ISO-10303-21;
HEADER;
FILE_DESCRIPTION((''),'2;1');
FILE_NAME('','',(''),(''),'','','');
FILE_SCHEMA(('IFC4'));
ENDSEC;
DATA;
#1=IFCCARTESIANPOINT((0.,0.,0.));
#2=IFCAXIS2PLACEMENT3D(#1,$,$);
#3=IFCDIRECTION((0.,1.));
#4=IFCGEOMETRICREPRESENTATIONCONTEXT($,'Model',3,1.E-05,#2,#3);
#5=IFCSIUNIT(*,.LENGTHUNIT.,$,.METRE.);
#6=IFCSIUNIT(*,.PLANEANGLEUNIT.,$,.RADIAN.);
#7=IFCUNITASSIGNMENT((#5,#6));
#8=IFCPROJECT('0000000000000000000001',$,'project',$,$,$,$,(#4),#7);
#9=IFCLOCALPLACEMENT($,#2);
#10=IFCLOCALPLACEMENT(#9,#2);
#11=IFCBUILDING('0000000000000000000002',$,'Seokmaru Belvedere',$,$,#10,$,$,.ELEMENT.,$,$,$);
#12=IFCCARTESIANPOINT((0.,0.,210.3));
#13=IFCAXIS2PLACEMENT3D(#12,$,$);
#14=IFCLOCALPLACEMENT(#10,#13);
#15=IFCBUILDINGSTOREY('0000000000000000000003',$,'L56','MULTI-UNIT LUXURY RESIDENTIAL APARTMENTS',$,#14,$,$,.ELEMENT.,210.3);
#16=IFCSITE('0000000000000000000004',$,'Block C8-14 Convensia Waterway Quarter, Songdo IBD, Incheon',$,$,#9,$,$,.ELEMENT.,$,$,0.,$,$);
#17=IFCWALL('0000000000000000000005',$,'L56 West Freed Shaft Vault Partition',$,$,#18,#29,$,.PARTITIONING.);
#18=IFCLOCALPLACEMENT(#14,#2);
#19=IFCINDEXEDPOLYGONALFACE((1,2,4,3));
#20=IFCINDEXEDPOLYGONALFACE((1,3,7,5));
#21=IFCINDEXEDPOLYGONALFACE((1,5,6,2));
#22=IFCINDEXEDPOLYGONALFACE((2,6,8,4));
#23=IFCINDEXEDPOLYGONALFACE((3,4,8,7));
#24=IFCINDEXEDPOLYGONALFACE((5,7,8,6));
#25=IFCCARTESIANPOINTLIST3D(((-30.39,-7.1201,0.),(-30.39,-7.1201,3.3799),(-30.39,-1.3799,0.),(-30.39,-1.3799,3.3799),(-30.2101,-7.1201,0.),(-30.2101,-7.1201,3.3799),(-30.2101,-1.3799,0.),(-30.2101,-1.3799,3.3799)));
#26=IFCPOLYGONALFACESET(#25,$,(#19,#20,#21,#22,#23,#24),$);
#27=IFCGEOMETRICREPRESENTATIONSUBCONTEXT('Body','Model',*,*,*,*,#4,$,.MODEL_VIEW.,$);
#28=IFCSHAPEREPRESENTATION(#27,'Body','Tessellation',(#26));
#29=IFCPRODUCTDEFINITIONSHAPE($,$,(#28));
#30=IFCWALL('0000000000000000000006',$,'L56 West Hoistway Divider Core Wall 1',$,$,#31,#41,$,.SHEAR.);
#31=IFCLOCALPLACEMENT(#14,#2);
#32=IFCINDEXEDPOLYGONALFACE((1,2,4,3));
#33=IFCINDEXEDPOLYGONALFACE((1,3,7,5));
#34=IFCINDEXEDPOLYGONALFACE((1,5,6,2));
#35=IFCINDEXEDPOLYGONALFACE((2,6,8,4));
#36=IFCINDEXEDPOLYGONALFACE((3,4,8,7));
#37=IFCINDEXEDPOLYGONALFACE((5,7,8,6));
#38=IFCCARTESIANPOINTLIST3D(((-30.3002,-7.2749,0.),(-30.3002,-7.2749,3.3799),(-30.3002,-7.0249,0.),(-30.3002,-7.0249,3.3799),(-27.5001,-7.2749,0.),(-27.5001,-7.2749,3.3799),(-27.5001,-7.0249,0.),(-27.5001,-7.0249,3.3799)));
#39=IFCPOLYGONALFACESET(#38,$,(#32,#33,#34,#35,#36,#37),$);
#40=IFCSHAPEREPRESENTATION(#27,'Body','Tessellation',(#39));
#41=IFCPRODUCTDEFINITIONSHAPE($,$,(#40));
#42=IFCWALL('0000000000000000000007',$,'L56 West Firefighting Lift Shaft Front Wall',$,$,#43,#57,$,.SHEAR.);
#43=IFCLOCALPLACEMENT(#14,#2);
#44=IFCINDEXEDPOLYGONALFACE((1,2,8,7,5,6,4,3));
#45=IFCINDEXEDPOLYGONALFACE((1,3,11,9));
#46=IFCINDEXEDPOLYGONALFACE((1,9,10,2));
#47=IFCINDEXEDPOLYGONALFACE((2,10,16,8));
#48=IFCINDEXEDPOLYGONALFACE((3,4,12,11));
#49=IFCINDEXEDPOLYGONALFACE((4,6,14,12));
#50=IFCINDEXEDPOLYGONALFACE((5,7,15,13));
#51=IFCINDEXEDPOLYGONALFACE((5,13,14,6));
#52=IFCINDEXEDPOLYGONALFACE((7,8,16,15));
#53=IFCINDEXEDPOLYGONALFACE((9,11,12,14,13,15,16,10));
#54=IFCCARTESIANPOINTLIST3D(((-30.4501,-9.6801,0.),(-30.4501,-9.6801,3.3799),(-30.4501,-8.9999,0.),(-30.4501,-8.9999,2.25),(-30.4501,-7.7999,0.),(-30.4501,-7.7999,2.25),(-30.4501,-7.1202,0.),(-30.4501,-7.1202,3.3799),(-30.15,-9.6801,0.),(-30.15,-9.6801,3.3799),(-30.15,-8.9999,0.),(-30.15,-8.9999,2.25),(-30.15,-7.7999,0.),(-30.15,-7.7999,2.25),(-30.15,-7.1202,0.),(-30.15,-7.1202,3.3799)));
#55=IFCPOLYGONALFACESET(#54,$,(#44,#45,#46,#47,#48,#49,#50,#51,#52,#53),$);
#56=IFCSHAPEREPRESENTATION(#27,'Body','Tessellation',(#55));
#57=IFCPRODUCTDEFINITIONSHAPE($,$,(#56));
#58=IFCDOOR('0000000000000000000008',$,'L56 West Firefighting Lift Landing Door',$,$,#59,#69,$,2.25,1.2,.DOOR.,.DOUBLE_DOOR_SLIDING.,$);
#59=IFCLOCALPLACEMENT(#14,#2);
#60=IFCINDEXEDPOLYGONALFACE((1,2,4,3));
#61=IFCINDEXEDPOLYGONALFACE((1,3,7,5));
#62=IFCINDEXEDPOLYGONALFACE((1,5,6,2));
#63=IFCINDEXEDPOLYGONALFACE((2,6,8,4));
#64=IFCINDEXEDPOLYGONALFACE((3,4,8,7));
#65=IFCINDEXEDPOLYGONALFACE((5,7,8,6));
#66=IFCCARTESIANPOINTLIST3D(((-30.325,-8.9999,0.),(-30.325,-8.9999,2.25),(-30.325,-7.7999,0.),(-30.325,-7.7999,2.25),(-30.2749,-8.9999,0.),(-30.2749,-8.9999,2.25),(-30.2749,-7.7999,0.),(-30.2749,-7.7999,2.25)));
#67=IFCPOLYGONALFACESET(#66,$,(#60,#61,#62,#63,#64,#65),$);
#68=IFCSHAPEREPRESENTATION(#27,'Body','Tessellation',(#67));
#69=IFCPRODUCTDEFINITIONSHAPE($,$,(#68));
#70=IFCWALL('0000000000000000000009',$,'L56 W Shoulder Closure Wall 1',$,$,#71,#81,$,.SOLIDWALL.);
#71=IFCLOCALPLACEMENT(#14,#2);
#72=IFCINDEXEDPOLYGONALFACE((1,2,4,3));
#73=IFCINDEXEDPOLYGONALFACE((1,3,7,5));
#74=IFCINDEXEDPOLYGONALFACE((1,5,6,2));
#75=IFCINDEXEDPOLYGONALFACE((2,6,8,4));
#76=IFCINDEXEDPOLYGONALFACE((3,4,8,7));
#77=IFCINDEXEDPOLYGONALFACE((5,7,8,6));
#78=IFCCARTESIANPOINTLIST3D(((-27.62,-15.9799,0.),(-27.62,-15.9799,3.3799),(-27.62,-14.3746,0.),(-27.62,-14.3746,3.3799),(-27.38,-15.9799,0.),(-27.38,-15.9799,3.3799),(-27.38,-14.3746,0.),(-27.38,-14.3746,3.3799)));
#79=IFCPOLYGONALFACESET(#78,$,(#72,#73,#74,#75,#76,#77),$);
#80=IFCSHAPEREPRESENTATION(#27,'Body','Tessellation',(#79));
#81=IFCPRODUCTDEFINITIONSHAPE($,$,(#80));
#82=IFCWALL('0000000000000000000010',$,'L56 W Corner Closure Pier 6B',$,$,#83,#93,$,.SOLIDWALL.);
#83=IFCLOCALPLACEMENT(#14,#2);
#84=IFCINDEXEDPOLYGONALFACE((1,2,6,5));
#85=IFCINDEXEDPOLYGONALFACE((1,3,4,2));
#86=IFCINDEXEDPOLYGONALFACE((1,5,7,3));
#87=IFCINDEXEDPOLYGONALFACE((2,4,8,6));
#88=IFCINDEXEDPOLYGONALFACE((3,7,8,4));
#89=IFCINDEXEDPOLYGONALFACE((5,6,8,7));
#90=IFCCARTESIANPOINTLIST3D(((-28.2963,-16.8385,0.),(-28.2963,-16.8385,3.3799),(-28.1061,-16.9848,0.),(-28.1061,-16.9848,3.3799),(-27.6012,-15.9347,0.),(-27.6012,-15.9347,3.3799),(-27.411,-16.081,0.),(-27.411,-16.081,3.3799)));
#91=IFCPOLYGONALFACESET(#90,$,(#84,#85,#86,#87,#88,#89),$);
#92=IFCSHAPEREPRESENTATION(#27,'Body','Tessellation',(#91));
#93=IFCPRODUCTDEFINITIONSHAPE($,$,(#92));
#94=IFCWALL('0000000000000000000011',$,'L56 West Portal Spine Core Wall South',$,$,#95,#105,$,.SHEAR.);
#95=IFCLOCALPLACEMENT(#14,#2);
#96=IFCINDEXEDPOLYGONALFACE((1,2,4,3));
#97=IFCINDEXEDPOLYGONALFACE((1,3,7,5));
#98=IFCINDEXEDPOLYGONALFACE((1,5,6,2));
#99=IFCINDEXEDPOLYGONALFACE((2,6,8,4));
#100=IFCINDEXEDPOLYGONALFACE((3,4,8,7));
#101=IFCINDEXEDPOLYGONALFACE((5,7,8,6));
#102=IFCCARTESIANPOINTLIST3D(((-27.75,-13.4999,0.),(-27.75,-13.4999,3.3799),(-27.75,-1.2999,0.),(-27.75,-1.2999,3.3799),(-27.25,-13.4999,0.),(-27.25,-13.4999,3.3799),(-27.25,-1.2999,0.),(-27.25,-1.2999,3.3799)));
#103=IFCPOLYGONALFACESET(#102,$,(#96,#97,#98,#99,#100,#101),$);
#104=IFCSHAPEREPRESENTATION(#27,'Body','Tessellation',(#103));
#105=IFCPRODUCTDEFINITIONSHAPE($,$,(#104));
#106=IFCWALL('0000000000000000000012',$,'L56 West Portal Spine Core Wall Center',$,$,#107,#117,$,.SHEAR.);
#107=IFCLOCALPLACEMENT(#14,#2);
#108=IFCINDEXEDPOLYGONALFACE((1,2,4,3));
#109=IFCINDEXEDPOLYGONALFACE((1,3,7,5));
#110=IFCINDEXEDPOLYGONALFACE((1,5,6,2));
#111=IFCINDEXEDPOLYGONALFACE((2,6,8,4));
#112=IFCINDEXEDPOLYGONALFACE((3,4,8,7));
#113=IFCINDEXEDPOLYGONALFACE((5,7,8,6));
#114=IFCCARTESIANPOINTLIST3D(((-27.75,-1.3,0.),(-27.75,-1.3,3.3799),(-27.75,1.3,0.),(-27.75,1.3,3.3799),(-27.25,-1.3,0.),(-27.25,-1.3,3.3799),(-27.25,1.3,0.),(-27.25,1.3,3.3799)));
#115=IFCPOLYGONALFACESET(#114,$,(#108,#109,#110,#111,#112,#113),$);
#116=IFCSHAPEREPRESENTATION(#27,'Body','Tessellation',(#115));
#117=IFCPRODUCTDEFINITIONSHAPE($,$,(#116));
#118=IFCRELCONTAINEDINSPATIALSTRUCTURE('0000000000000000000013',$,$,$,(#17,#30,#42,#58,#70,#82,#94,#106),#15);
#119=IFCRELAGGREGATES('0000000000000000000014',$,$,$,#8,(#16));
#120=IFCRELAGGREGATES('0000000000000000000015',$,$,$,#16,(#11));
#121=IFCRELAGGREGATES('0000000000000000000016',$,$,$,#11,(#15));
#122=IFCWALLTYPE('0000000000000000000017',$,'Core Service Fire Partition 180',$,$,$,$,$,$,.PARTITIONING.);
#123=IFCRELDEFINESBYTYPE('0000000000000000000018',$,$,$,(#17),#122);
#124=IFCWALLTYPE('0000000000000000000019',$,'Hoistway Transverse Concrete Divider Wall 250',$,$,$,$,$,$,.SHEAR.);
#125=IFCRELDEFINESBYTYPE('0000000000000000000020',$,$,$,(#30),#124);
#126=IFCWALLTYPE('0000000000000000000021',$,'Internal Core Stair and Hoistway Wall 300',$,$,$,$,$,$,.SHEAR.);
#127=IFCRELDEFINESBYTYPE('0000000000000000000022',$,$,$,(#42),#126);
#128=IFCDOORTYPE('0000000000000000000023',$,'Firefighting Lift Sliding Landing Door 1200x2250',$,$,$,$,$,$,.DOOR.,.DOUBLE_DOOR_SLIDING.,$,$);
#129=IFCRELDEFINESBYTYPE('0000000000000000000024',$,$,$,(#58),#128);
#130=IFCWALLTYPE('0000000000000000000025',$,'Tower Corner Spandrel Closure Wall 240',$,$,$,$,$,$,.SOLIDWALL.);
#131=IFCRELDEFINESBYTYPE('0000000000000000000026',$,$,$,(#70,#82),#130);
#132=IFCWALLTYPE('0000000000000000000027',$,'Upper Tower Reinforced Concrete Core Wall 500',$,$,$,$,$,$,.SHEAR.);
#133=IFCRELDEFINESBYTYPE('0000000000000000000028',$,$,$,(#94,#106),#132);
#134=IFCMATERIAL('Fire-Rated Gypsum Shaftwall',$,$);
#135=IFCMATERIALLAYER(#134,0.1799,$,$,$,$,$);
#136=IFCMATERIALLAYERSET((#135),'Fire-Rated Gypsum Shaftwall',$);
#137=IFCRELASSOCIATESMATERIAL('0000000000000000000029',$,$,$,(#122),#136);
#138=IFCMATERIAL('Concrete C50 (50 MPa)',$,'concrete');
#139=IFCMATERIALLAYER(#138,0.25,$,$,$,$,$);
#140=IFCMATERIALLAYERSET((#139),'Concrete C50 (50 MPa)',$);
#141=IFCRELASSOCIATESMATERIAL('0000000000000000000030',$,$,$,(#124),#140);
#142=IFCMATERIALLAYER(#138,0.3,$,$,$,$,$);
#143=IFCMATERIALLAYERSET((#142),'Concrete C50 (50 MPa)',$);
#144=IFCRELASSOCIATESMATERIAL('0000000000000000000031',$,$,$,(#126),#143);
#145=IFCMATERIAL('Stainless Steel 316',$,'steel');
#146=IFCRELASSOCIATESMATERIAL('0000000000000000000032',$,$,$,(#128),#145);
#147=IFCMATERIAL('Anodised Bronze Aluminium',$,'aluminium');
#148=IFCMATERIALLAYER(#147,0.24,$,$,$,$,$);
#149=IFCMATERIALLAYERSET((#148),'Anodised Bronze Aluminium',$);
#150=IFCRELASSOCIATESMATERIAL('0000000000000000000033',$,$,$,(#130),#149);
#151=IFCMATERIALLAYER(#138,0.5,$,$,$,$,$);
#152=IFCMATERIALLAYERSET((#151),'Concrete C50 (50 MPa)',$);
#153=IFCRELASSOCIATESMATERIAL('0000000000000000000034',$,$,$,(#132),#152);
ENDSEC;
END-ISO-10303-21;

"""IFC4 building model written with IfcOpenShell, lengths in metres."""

from ifc_helpers import new_model, si_unit, direction, frame, frame_2d, origin, place, context, subcontext, project, spatial, rectangle, extrude, source, transform, mapped, material, layer, layer_set, type_object, type_shapes, element, fill, save


model = new_model("IFC4")

# Units and contexts
model_context = context("Model", 3, precision=1e-05, world=origin(), true_north=direction((0.0, 1.0)))
body_context = subcontext(model_context, "Body", "Model", "MODEL_VIEW")
ifc_project = project(units=[si_unit("LENGTHUNIT", "METRE"), si_unit("PLANEANGLEUNIT", "RADIAN")], contexts=[model_context])

# Site, building, storey
site_placement = place(None, origin())
site = spatial("IfcSite", under=ifc_project, at=site_placement, Name="Block C8-14 Convensia Waterway Quarter, Songdo IBD, Incheon", CompositionType="ELEMENT", RefElevation=0.0)
building_placement = place(site_placement, origin())
building = spatial("IfcBuilding", under=site, at=building_placement, Name="Seokmaru Belvedere", CompositionType="ELEMENT")
storey_placement = place(building_placement, frame((0.0, 0.0, 210.3)))
storey = spatial("IfcBuildingStorey", under=building, at=storey_placement, Name="L56", Description="MULTI-UNIT LUXURY RESIDENTIAL APARTMENTS", CompositionType="ELEMENT", Elevation=210.3)

# Shared definitions
ifc_material_1 = material(Name="Anodised Bronze Aluminium", Category="aluminium")

# Shared definitions
ifc_material_2 = material(Name="Fire-Rated Gypsum Shaftwall")
ifc_layer_1 = layer(ifc_material_2, 0.1799)
ifc_layer_set_1 = layer_set([ifc_layer_1], Name="Fire-Rated Gypsum Shaftwall")
wall_type_1 = type_object("IfcWallType", Name="Core Service Fire Partition 180", PredefinedType="PARTITIONING", material=ifc_layer_set_1)

# Walls
wall_1_placement = place(storey_placement, frame((-30.3, -7.1201, 0.0), z_axis=(0.0, 0.0, 1.0), x_axis=(0.0, 1.0, 0.0)))
element("IfcWall", 1, at=wall_1_placement, inside=storey, type_object=wall_type_1, Name="L56 West Freed Shaft Vault Partition", PredefinedType="PARTITIONING", context=body_context, shape_type="SweptSolid", body=[
    extrude(rectangle(XDim=5.7402, YDim=0.1799, at=frame_2d((2.8701, 0.0))), origin(), (0.0, 0.0, 1.0), 3.3799),
])
ifc_material_3 = material(Name="Concrete C50 (50 MPa)", Category="concrete")
ifc_layer_2 = layer(ifc_material_3, 0.25)
ifc_layer_set_2 = layer_set([ifc_layer_2], Name="Concrete C50 (50 MPa)")
wall_type_2 = type_object("IfcWallType", Name="Hoistway Transverse Concrete Divider Wall 250", PredefinedType="SHEAR", material=ifc_layer_set_2)
wall_2_placement = place(storey_placement, frame((-30.3, -7.1499, 0.0), z_axis=(0.0, 0.0, 1.0), x_axis=(1.0, 0.0, 0.0)))
element("IfcWall", 2, at=wall_2_placement, inside=storey, type_object=wall_type_2, Name="L56 West Hoistway Divider Core Wall 1", PredefinedType="SHEAR", context=body_context, shape_type="SweptSolid", body=[
    extrude(rectangle(XDim=2.8, YDim=0.25, at=frame_2d((1.3999, 0.0))), origin(), (0.0, 0.0, 1.0), 3.3799),
])

# Wall, opening, door
ifc_layer_3 = layer(ifc_material_3, 0.3)
ifc_layer_set_3 = layer_set([ifc_layer_3], Name="Concrete C50 (50 MPa)")
wall_type_3 = type_object("IfcWallType", Name="Internal Core Stair and Hoistway Wall 300", PredefinedType="SHEAR", material=ifc_layer_set_3)
wall_3_placement = place(storey_placement, frame((-30.3, -9.6799, 0.0), z_axis=(0.0, 0.0, 1.0), x_axis=(0.0, 1.0, 0.0)))
wall_3 = element("IfcWall", 3, at=wall_3_placement, inside=storey, type_object=wall_type_3, Name="L56 West Firefighting Lift Shaft Front Wall", PredefinedType="SHEAR", context=body_context, shape_type="SweptSolid", body=[
    extrude(rectangle(XDim=2.5598, YDim=0.3, at=frame_2d((1.2798, 0.0))), origin(), (0.0, 0.0, 1.0), 3.3799),
])
opening_1_placement = place(wall_3_placement, frame((0.6799, 0.0, 0.0)))
opening_1 = element("IfcOpeningElement", 4, at=opening_1_placement, cuts=wall_3, PredefinedType="OPENING", context=body_context, shape_type="SweptSolid", body=[
    extrude(rectangle(XDim=1.2, YDim=2.25, at=frame_2d((0.6001, 1.125))), frame((0.0, 0.1602, 0.0), z_axis=(0.0, -1.0, 0.0), x_axis=(1.0, 0.0, 0.0)), (0.0, 0.0, 1.0), 0.3201),
])
ifc_material_4 = material(Name="Stainless Steel 316", Category="steel")
door_type_1 = type_object("IfcDoorType", Name="Firefighting Lift Sliding Landing Door 1200x2250", OperationType="DOUBLE_DOOR_SLIDING", PredefinedType="DOOR", material=ifc_material_4)
shared_shape_1 = source(origin(), body_context, "Body", "SweptSolid", [
    extrude(rectangle(XDim=1.2, YDim=2.25, at=frame_2d((0.6001, 1.125))), frame((0.0, 0.0249, 0.0), z_axis=(0.0, -1.0, 0.0), x_axis=(1.0, 0.0, 0.0)), (0.0, 0.0, 1.0), 0.05),
])
type_shapes(door_type_1, [shared_shape_1])
door_1_placement = place(opening_1_placement, origin())
door_1 = element("IfcDoor", 5, at=door_1_placement, inside=storey, type_object=door_type_1, Name="L56 West Firefighting Lift Landing Door", OperationType="DOUBLE_DOOR_SLIDING", OverallHeight=2.25, OverallWidth=1.2, PredefinedType="DOOR", context=body_context, shape_type="MappedRepresentation", body=[
    mapped(shared_shape_1, transform((0.0, 0.0, 0.0), scale=1.0)),
])
fill(opening_1, door_1)

# Walls
ifc_layer_4 = layer(ifc_material_1, 0.24)
ifc_layer_set_4 = layer_set([ifc_layer_4], Name="Anodised Bronze Aluminium")
wall_type_4 = type_object("IfcWallType", Name="Tower Corner Spandrel Closure Wall 240", PredefinedType="SOLIDWALL", material=ifc_layer_set_4)
wall_4_placement = place(storey_placement, frame((-27.5, -15.98, 0.0), z_axis=(0.0, 0.0, 1.0), x_axis=(0.0, 1.0, 0.0)))
element("IfcWall", 6, at=wall_4_placement, inside=storey, type_object=wall_type_4, Name="L56 W Shoulder Closure Wall 1", PredefinedType="SOLIDWALL", context=body_context, shape_type="SweptSolid", body=[
    extrude(rectangle(XDim=1.6052, YDim=0.24, at=frame_2d((0.8027, 0.0))), origin(), (0.0, 0.0, 1.0), 3.3799),
])
wall_5_placement = place(storey_placement, frame((-28.2012, -16.9116, 0.0), z_axis=(0.0, 0.0, 1.0), x_axis=(0.609618, 0.792696, 0.0)))
element("IfcWall", 7, at=wall_5_placement, inside=storey, type_object=wall_type_4, Name="L56 W Corner Closure Pier 6B", PredefinedType="SOLIDWALL", context=body_context, shape_type="SweptSolid", body=[
    extrude(rectangle(XDim=1.1401, YDim=0.24, at=frame_2d((0.5701, 0.0))), origin(), (0.0, 0.0, 1.0), 3.3799),
])
ifc_layer_5 = layer(ifc_material_3, 0.5)
ifc_layer_set_5 = layer_set([ifc_layer_5], Name="Concrete C50 (50 MPa)")
wall_type_5 = type_object("IfcWallType", Name="Upper Tower Reinforced Concrete Core Wall 500", PredefinedType="SHEAR", material=ifc_layer_set_5)
wall_6_placement = place(storey_placement, frame((-27.5, -13.5, 0.0), z_axis=(0.0, 0.0, 1.0), x_axis=(0.0, 1.0, 0.0)))
element("IfcWall", 8, at=wall_6_placement, inside=storey, type_object=wall_type_5, Name="L56 West Portal Spine Core Wall South", PredefinedType="SHEAR", context=body_context, shape_type="SweptSolid", body=[
    extrude(rectangle(XDim=12.2, YDim=0.5, at=frame_2d((6.1001, 0.0))), origin(), (0.0, 0.0, 1.0), 3.3799),
])
wall_7_placement = place(storey_placement, frame((-27.5, -1.3, 0.0), z_axis=(0.0, 0.0, 1.0), x_axis=(0.0, 1.0, 0.0)))
element("IfcWall", 9, at=wall_7_placement, inside=storey, type_object=wall_type_5, Name="L56 West Portal Spine Core Wall Center", PredefinedType="SHEAR", context=body_context, shape_type="SweptSolid", body=[
    extrude(rectangle(XDim=2.6001, YDim=0.5, at=frame_2d((1.3, 0.0))), origin(), (0.0, 0.0, 1.0), 3.3799),
])

save(model, "model.ifc")
